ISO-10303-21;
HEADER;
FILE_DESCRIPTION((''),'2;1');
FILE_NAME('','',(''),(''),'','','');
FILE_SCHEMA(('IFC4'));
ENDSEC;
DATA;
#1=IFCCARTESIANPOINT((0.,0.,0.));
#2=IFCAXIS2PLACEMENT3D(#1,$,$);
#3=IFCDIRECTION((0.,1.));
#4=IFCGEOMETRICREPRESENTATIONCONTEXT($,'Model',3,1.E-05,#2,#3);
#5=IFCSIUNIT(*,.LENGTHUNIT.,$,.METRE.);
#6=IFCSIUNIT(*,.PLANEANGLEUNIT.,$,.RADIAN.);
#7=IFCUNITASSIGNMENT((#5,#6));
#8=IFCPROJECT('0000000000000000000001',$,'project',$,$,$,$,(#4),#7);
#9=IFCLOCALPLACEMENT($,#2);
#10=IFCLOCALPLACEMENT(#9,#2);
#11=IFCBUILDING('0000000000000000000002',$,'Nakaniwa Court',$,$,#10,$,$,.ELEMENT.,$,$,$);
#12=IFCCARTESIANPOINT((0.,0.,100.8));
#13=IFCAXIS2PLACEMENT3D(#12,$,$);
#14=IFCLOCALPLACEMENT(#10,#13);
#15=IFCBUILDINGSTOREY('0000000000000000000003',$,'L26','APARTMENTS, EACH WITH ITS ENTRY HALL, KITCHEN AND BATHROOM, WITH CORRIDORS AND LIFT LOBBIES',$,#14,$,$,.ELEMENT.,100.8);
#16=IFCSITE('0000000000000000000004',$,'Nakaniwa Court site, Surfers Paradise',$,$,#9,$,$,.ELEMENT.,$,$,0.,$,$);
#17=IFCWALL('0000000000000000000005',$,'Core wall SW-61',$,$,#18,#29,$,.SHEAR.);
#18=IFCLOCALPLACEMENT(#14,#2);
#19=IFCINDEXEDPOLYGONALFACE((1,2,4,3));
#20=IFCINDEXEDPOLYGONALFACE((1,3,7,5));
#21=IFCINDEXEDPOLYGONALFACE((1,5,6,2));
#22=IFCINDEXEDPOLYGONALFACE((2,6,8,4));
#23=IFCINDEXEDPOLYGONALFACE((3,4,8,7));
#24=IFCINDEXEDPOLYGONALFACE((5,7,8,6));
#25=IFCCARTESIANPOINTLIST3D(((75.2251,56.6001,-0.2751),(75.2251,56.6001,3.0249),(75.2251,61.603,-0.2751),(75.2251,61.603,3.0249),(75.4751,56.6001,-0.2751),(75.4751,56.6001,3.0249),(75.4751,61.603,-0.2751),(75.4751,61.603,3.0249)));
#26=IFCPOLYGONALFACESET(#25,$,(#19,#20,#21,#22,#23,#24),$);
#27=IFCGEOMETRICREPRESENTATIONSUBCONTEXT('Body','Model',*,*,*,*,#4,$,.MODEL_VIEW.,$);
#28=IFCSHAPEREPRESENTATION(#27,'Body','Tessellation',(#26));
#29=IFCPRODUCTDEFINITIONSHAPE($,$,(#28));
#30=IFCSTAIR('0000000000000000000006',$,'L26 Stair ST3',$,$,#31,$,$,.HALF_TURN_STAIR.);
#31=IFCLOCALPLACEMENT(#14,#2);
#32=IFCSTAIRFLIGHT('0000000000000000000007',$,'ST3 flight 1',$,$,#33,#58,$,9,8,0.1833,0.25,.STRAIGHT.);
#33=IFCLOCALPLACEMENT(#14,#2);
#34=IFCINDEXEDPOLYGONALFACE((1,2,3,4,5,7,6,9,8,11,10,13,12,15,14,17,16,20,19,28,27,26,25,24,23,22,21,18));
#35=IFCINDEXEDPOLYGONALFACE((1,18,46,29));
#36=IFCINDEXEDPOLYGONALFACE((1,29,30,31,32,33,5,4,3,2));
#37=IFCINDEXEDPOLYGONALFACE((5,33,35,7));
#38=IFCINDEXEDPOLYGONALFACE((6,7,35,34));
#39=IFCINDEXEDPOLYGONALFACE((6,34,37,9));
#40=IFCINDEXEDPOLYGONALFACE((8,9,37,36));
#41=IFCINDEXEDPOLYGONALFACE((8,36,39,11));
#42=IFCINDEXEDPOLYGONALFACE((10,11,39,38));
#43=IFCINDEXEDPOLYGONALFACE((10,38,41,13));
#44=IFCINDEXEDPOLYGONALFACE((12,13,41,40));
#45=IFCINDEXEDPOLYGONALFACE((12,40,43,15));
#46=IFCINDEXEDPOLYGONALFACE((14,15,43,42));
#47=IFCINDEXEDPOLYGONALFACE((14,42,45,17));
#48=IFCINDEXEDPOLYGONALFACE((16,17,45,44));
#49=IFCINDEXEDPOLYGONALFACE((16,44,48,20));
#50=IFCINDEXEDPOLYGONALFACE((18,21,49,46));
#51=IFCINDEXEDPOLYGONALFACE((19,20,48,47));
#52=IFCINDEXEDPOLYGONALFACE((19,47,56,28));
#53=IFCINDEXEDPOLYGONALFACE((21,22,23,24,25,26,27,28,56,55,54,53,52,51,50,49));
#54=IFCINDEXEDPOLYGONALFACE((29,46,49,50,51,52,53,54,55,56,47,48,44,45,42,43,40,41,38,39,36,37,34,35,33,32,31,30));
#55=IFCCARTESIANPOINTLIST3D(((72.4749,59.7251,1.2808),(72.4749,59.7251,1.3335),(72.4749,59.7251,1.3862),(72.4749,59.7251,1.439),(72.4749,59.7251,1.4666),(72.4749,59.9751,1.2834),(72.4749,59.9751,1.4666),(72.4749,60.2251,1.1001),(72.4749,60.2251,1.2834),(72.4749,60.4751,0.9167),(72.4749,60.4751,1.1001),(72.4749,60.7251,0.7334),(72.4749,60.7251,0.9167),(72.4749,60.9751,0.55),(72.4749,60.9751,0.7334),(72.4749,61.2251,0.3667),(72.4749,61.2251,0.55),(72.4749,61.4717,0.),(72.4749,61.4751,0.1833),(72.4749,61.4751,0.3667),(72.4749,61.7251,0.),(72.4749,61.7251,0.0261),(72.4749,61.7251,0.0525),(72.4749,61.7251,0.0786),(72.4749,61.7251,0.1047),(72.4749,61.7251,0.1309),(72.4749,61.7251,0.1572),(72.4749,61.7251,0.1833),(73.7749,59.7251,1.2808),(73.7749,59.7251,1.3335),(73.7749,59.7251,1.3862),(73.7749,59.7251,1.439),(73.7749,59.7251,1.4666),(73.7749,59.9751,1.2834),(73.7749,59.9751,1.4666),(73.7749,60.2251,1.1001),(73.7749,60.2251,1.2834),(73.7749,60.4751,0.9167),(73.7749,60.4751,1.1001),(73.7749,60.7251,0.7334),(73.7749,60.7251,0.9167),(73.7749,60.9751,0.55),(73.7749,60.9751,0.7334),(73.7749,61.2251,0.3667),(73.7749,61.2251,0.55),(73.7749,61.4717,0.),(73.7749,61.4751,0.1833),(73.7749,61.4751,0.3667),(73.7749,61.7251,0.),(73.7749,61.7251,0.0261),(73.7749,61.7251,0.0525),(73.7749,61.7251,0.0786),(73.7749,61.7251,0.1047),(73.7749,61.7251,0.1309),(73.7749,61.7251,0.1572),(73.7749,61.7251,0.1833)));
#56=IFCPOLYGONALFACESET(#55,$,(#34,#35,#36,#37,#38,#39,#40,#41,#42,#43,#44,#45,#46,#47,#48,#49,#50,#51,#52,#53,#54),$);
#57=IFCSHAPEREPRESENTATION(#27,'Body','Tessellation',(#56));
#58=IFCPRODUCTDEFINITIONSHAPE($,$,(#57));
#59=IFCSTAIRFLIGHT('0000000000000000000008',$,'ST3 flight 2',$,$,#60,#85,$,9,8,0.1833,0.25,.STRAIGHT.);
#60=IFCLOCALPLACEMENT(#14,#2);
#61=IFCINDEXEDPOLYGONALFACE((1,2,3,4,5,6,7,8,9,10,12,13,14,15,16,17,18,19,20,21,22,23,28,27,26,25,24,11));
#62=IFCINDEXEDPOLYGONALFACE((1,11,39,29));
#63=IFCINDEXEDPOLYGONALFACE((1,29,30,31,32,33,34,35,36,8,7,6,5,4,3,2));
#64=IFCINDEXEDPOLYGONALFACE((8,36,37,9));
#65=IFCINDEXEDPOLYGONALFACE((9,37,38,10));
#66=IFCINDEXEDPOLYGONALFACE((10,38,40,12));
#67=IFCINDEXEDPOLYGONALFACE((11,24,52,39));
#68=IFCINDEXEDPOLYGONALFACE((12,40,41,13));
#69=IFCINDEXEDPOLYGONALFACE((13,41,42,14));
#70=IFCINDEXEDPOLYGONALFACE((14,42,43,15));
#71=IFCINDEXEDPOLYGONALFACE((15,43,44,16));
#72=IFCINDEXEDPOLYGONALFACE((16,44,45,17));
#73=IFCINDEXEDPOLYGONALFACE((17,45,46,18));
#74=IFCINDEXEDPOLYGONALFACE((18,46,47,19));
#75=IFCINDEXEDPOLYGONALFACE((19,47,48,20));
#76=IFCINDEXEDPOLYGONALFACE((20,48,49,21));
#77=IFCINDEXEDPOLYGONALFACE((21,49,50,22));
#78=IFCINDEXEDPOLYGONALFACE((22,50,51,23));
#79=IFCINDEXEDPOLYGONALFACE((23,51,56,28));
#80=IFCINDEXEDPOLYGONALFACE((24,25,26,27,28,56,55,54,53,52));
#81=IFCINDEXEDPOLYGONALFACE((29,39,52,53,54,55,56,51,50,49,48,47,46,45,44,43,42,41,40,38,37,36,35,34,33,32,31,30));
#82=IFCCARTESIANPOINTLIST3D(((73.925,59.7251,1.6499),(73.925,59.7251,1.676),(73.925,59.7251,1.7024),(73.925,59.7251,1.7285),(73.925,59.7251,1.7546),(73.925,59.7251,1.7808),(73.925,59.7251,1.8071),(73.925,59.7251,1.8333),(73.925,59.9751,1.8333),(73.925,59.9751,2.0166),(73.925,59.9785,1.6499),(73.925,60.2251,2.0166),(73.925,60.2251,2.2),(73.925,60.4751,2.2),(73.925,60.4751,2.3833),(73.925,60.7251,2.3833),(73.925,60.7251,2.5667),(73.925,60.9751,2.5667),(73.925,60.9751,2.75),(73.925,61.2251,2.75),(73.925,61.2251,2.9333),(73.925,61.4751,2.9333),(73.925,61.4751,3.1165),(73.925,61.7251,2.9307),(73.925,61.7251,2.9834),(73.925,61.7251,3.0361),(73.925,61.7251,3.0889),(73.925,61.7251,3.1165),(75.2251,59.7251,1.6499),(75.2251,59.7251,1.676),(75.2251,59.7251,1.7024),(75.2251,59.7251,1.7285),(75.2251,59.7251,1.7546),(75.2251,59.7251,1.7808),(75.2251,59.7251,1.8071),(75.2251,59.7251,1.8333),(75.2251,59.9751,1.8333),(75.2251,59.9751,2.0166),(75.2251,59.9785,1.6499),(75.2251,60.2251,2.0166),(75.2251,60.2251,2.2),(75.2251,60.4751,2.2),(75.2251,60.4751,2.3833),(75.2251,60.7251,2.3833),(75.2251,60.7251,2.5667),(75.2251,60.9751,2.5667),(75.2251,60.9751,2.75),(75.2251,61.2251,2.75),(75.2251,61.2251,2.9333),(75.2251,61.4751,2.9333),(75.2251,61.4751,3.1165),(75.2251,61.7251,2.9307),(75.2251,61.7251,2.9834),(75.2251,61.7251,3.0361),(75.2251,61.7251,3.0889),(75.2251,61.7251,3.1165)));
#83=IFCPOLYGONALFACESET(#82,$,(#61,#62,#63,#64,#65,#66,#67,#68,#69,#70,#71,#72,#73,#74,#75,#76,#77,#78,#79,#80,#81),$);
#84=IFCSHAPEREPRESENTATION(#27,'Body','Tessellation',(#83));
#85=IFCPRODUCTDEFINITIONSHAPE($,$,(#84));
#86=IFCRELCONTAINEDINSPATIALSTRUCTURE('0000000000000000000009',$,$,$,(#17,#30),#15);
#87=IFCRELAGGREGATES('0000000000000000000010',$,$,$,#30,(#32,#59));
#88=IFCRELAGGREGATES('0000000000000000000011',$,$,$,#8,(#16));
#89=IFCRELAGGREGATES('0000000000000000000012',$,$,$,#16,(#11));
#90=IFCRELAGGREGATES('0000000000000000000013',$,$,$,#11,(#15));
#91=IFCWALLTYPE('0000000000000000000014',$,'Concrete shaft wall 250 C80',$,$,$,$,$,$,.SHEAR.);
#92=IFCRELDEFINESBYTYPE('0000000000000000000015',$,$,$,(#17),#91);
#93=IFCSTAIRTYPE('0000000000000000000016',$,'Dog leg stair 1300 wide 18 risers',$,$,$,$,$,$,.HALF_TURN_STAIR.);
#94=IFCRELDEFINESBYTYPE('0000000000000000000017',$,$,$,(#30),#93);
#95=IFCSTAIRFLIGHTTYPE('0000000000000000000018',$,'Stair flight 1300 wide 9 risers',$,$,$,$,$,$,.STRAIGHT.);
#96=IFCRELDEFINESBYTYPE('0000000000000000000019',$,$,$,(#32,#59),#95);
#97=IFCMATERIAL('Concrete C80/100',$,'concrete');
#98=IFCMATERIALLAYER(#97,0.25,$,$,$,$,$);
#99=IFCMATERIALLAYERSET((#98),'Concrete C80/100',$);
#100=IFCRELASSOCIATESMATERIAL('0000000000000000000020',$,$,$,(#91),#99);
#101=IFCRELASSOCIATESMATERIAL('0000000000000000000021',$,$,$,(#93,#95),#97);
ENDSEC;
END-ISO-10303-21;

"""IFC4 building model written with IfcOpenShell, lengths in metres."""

from ifc_helpers import new_model, si_unit, direction, frame, frame_2d, origin, place, context, subcontext, project, spatial, polyline, rectangle, outline, extrude, material, layer, layer_set, type_object, element, aggregate, save


model = new_model("IFC4")

# Units and contexts
model_context = context("Model", 3, precision=1e-05, world=origin(), true_north=direction((0.0, 1.0)))
body_context = subcontext(model_context, "Body", "Model", "MODEL_VIEW")
ifc_project = project(units=[si_unit("LENGTHUNIT", "METRE"), si_unit("PLANEANGLEUNIT", "RADIAN")], contexts=[model_context])

# Site, building, storey
site_placement = place(None, origin())
site = spatial("IfcSite", under=ifc_project, at=site_placement, Name="Nakaniwa Court site, Surfers Paradise", CompositionType="ELEMENT", RefElevation=0.0)
building_placement = place(site_placement, origin())
building = spatial("IfcBuilding", under=site, at=building_placement, Name="Nakaniwa Court", CompositionType="ELEMENT")
storey_placement = place(building_placement, frame((0.0, 0.0, 100.8)))
storey = spatial("IfcBuildingStorey", under=building, at=storey_placement, Name="L26", Description="APARTMENTS, EACH WITH ITS ENTRY HALL, KITCHEN AND BATHROOM, WITH CORRIDORS AND LIFT LOBBIES", CompositionType="ELEMENT", Elevation=100.8)

# Shared definitions
ifc_material_1 = material(Name="Concrete C80/100", Category="concrete")

# Wall
ifc_layer_1 = layer(ifc_material_1, 0.25)
ifc_layer_set_1 = layer_set([ifc_layer_1], Name="Concrete C80/100")
wall_type_1 = type_object("IfcWallType", Name="Concrete shaft wall 250 C80", PredefinedType="SHEAR", material=ifc_layer_set_1)
wall_1_placement = place(storey_placement, frame((75.3501, 56.6001, -0.2751), z_axis=(0.0, 0.0, 1.0), x_axis=(0.0, 1.0, 0.0)))
element("IfcWall", 1, at=wall_1_placement, inside=storey, type_object=wall_type_1, Name="Core wall SW-61", PredefinedType="SHEAR", context=body_context, shape_type="SweptSolid", body=[
    extrude(rectangle(XDim=5.0029, YDim=0.25, at=frame_2d((2.5015, 0.0))), origin(), (0.0, 0.0, 1.0), 3.3),
])

# Stair, stair flights
stair_type = type_object("IfcStairType", Name="Dog leg stair 1300 wide 18 risers", PredefinedType="HALF_TURN_STAIR", material=ifc_material_1)
stair_placement = place(storey_placement, origin())
stair = element("IfcStair", 2, at=stair_placement, inside=storey, type_object=stair_type, Name="L26 Stair ST3", PredefinedType="HALF_TURN_STAIR")
stair_flight_type = type_object("IfcStairFlightType", Name="Stair flight 1300 wide 9 risers", PredefinedType="STRAIGHT", material=ifc_material_1)
stair_flight_1_placement = place(storey_placement, frame((73.125, 61.7251, 0.0), z_axis=(0.0, 0.0, 1.0), x_axis=(0.0, -1.0, 0.0)))
stair_flight_1 = element("IfcStairFlight", 3, at=stair_flight_1_placement, type_object=stair_flight_type, Name="ST3 flight 1", NumberOfRisers=9, NumberOfTreads=8, PredefinedType="STRAIGHT", RiserHeight=0.1833, TreadLength=0.25, context=body_context, shape_type="SweptSolid", body=[
    extrude(outline(polyline([(0.0, 0.0), (0.0, 0.0261), (0.0, 0.0525), (0.0, 0.0786), (0.0, 0.1047), (0.0, 0.1309), (0.0, 0.1572), (0.0, 0.1833), (0.25, 0.1833), (0.25, 0.3667), (0.5, 0.3667), (0.5, 0.55), (0.75, 0.55), (0.75, 0.7334), (1.0, 0.7334), (1.0, 0.9167), (1.25, 0.9167), (1.25, 1.1001), (1.5, 1.1001), (1.5, 1.2834), (1.75, 1.2834), (1.75, 1.4666), (2.0, 1.4666), (2.0, 1.6499), (2.0, 1.5972), (2.0, 1.5444), (2.0, 1.4917), (2.0, 1.439), (2.0, 1.3862), (2.0, 1.3335), (2.0, 1.2808), (0.2534, 0.0), (0.0, 0.0)])), frame((0.0, 0.6499, 0.0), z_axis=(0.0, -1.0, 0.0), x_axis=(1.0, 0.0, 0.0)), (0.0, 0.0, 1.0), 1.3),
])
stair_flight_2_placement = place(storey_placement, frame((74.575, 59.7251, 1.6499), z_axis=(0.0, 0.0, 1.0), x_axis=(0.0, 1.0, 0.0)))
stair_flight_2 = element("IfcStairFlight", 4, at=stair_flight_2_placement, type_object=stair_flight_type, Name="ST3 flight 2", NumberOfRisers=9, NumberOfTreads=8, PredefinedType="STRAIGHT", RiserHeight=0.1833, TreadLength=0.25, context=body_context, shape_type="SweptSolid", body=[
    extrude(outline(polyline([(0.0, 0.0), (0.0, 0.0261), (0.0, 0.0525), (0.0, 0.0786), (0.0, 0.1047), (0.0, 0.1309), (0.0, 0.1572), (0.0, 0.1833), (0.25, 0.1833), (0.25, 0.3667), (0.5, 0.3667), (0.5, 0.55), (0.75, 0.55), (0.75, 0.7334), (1.0, 0.7334), (1.0, 0.9167), (1.25, 0.9167), (1.25, 1.1001), (1.5, 1.1001), (1.5, 1.2834), (1.75, 1.2834), (1.75, 1.4666), (2.0, 1.4666), (2.0, 1.6499), (2.0, 1.5972), (2.0, 1.5444), (2.0, 1.4917), (2.0, 1.439), (2.0, 1.3862), (2.0, 1.3335), (2.0, 1.2808), (0.2534, 0.0), (0.0, 0.0)])), frame((0.0, 0.6499, 0.0), z_axis=(0.0, -1.0, 0.0), x_axis=(1.0, 0.0, 0.0)), (0.0, 0.0, 1.0), 1.3),
])
aggregate(stair, [stair_flight_1, stair_flight_2])

save(model, "model.ifc")
